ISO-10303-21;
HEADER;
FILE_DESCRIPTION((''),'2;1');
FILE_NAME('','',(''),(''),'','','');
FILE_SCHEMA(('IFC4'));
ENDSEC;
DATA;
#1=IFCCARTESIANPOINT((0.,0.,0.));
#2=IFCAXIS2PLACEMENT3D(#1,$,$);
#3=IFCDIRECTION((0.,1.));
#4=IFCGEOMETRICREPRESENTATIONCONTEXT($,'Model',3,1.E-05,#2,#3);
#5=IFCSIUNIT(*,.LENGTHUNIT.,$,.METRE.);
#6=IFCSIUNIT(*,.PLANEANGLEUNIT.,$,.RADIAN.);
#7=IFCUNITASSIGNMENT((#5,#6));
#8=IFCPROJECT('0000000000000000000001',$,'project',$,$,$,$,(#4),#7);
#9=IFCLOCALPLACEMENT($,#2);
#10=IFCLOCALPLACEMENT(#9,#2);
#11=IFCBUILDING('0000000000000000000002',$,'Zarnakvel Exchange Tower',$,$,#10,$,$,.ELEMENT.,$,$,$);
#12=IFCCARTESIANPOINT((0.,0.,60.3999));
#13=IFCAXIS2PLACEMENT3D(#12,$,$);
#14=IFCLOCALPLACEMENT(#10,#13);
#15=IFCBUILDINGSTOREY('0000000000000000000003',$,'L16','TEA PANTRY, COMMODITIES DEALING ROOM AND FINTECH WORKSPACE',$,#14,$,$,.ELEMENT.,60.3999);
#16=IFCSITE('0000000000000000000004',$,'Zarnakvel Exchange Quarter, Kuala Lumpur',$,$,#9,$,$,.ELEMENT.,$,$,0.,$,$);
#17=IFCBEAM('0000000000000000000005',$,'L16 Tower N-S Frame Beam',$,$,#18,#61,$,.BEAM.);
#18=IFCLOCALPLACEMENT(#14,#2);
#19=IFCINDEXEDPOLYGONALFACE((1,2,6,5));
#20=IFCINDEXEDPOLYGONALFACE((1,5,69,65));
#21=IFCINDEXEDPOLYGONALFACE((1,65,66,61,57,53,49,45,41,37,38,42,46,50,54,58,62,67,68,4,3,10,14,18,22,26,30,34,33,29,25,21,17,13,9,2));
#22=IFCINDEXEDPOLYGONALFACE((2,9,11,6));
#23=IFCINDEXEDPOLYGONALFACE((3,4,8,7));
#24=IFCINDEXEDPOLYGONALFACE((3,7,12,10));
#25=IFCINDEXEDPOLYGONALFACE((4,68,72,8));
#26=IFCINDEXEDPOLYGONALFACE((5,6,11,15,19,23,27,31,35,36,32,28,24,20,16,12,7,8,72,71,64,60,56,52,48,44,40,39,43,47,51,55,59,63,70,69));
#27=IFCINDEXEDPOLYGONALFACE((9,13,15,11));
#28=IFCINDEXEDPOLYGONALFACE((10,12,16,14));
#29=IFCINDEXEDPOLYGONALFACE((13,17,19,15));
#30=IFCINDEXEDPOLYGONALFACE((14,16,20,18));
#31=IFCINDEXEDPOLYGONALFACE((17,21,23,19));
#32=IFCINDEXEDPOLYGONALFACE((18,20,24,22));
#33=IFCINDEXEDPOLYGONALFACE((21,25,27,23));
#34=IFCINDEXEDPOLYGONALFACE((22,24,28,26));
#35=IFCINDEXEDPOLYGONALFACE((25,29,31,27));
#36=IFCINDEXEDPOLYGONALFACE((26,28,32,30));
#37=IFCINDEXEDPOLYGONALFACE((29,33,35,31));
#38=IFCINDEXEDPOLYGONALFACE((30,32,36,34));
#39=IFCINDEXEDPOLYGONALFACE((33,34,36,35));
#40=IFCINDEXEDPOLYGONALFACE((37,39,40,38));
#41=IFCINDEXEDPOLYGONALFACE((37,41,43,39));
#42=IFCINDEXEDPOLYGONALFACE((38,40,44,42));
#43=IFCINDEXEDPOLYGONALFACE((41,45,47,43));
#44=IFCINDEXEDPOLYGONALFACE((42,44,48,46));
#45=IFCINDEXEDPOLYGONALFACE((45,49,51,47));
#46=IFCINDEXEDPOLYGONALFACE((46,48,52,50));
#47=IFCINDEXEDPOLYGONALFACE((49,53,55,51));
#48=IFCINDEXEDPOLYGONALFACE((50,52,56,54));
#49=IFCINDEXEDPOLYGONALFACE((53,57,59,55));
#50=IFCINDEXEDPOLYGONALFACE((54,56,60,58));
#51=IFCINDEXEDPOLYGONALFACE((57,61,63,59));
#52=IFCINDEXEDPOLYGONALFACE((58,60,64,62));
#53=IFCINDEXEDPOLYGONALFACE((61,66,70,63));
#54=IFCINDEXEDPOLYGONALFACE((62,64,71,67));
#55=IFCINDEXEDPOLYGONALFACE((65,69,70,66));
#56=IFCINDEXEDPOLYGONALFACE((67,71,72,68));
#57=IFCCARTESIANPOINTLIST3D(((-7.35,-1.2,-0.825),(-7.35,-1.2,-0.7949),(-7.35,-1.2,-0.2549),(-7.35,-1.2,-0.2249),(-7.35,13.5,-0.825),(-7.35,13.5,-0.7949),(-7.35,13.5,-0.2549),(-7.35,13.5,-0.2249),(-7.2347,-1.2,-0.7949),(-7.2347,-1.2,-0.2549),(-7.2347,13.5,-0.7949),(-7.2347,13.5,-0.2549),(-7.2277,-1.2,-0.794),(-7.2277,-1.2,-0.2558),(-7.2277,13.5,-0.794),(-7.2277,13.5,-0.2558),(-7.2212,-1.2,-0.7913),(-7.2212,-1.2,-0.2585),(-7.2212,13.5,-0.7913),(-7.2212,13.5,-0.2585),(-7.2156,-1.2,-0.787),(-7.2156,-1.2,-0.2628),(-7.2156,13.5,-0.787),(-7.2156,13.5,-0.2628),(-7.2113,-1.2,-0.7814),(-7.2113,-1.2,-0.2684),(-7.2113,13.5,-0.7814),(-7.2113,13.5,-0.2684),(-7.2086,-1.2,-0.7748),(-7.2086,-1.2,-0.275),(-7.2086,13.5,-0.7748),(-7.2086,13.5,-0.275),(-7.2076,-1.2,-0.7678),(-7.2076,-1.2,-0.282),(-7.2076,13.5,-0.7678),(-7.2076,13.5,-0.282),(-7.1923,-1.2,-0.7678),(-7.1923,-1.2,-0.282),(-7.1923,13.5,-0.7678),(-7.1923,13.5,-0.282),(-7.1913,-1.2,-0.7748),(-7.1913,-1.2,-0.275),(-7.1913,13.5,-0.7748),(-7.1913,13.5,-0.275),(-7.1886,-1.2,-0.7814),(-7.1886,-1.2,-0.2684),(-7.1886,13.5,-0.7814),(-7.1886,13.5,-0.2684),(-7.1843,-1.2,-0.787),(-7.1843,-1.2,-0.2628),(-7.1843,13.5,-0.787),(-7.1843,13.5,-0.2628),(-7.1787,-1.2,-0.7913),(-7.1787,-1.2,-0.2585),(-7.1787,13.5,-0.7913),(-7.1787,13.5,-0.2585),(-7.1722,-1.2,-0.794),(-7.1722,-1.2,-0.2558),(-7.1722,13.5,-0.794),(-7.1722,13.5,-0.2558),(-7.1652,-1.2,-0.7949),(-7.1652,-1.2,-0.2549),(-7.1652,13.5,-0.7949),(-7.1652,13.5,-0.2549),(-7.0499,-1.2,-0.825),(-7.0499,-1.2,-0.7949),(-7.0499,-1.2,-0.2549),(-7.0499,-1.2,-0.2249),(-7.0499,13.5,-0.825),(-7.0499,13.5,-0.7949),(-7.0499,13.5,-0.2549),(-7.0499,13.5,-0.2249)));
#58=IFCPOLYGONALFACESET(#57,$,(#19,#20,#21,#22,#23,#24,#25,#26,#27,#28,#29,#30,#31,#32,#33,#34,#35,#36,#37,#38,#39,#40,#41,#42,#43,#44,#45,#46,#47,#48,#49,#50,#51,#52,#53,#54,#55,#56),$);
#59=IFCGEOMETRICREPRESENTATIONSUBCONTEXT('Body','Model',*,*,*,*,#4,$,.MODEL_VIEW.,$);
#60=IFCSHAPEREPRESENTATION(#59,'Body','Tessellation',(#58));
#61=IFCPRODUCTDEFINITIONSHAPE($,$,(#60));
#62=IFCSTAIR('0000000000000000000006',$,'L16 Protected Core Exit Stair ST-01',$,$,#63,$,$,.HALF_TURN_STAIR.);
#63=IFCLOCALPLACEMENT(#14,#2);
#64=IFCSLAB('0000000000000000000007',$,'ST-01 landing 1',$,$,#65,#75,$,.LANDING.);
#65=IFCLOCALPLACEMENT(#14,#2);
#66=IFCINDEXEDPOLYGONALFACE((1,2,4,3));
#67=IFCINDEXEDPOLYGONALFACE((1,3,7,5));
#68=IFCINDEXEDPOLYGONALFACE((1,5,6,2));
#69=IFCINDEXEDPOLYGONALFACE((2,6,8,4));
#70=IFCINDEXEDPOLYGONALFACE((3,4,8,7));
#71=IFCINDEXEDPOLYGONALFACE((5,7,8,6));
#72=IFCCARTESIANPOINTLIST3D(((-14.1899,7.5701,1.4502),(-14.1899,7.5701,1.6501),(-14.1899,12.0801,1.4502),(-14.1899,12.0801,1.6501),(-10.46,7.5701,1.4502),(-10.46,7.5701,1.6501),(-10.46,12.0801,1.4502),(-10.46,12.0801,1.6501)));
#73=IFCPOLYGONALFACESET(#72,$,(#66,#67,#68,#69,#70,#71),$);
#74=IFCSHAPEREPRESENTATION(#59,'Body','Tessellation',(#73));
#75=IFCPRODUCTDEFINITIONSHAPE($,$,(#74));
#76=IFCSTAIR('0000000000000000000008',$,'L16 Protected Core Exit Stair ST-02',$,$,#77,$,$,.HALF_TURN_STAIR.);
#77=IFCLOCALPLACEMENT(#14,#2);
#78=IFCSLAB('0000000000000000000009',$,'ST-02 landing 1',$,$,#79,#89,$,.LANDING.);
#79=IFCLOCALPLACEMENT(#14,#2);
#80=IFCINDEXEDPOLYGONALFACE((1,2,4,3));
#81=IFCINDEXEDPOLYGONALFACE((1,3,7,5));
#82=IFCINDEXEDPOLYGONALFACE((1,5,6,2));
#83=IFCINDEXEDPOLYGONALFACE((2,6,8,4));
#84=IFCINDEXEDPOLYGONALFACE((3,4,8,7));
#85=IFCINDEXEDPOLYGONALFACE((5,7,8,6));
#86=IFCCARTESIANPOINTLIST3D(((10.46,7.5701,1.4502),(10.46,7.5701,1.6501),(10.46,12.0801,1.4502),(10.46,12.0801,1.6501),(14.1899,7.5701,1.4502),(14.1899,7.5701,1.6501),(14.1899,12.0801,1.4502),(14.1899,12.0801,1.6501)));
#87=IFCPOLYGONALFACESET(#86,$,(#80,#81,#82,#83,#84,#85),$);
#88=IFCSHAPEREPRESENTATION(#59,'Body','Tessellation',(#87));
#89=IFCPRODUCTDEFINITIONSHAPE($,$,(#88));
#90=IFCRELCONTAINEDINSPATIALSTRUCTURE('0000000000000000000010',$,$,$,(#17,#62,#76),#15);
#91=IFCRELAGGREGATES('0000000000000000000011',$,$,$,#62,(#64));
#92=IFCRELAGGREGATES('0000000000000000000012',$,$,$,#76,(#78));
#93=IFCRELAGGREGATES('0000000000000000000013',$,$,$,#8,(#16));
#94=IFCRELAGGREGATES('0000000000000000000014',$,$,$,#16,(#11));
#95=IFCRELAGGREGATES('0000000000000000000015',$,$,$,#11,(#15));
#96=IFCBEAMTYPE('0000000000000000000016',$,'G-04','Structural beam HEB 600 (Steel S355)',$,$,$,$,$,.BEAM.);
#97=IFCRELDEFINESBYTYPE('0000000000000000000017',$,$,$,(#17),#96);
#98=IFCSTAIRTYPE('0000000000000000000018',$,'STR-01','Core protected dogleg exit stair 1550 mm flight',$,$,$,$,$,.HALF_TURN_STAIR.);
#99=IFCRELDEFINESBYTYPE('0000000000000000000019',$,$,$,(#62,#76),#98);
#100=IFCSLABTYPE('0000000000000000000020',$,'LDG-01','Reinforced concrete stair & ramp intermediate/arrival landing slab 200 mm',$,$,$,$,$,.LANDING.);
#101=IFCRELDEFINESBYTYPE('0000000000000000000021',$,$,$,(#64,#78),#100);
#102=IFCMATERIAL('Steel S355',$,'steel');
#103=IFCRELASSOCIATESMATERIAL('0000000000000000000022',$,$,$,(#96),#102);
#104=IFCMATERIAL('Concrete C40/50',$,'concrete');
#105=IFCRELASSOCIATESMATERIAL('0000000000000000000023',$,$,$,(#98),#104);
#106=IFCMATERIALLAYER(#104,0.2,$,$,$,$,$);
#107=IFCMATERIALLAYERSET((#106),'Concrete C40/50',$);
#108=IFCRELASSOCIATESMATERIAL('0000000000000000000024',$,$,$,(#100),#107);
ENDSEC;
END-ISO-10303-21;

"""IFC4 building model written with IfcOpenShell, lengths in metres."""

from ifc_helpers import new_model, si_unit, direction, frame, origin, origin_2d, place, context, subcontext, project, spatial, polyline, i_section, outline, extrude, material, layer, layer_set, material_profile, profile_set, type_object, element, aggregate, save


model = new_model("IFC4")

# Units and contexts
model_context = context("Model", 3, precision=1e-05, world=origin(), true_north=direction((0.0, 1.0)))
body_context = subcontext(model_context, "Body", "Model", "MODEL_VIEW")
ifc_project = project(units=[si_unit("LENGTHUNIT", "METRE"), si_unit("PLANEANGLEUNIT", "RADIAN")], contexts=[model_context])

# Site, building, storey
site_placement = place(None, origin())
site = spatial("IfcSite", under=ifc_project, at=site_placement, Name="Zarnakvel Exchange Quarter, Kuala Lumpur", CompositionType="ELEMENT", RefElevation=0.0)
building_placement = place(site_placement, origin())
building = spatial("IfcBuilding", under=site, at=building_placement, Name="Zarnakvel Exchange Tower", CompositionType="ELEMENT")
storey_placement = place(building_placement, frame((0.0, 0.0, 60.3999)))
storey = spatial("IfcBuildingStorey", under=building, at=storey_placement, Name="L16", Description="TEA PANTRY, COMMODITIES DEALING ROOM AND FINTECH WORKSPACE", CompositionType="ELEMENT", Elevation=60.3999)

# Beam
ifc_material_1 = material(Name="Steel S355", Category="steel")
ifc_material_profile_1 = material_profile(ifc_material_1, i_section(OverallWidth=0.3, OverallDepth=0.6001, WebThickness=0.0154, FlangeThickness=0.03, FilletRadius=0.0271, at=origin_2d()))
ifc_profile_set_1 = profile_set([ifc_material_profile_1], Name="Steel S355")
beam_type_1 = type_object("IfcBeamType", Name="G-04", Description="Structural beam HEB 600 (Steel S355)", PredefinedType="BEAM", material=ifc_profile_set_1)
beam_1_placement = place(storey_placement, frame((-7.2, -1.2, -0.5249), z_axis=(0.0, 1.0, 0.0), x_axis=(-1.0, 0.0, 0.0)))
element("IfcBeam", 1, at=beam_1_placement, inside=storey, type_object=beam_type_1, Name="L16 Tower N-S Frame Beam", PredefinedType="BEAM", context=body_context, shape_type="SweptSolid", body=[
    extrude(i_section(OverallWidth=0.3, OverallDepth=0.6001, WebThickness=0.0154, FlangeThickness=0.03, FilletRadius=0.0271, at=origin_2d()), origin(), (0.0, 0.0, 1.0), 14.7),
])

# Stairs, slabs
ifc_material_2 = material(Name="Concrete C40/50", Category="concrete")
stair_type = type_object("IfcStairType", Name="STR-01", Description="Core protected dogleg exit stair 1550 mm flight", PredefinedType="HALF_TURN_STAIR", material=ifc_material_2)
stair_1_placement = place(storey_placement, origin())
stair_1 = element("IfcStair", 2, at=stair_1_placement, inside=storey, type_object=stair_type, Name="L16 Protected Core Exit Stair ST-01", PredefinedType="HALF_TURN_STAIR")
ifc_layer_1 = layer(ifc_material_2, 0.2)
ifc_layer_set_1 = layer_set([ifc_layer_1], Name="Concrete C40/50")
slab_type_1 = type_object("IfcSlabType", Name="LDG-01", Description="Reinforced concrete stair & ramp intermediate/arrival landing slab 200 mm", PredefinedType="LANDING", material=ifc_layer_set_1)
slab_1_placement = place(storey_placement, frame((0.0, 0.0, 1.4502)))
slab_1 = element("IfcSlab", 3, at=slab_1_placement, type_object=slab_type_1, Name="ST-01 landing 1", PredefinedType="LANDING", context=body_context, shape_type="SweptSolid", body=[
    extrude(outline(polyline([(-14.1899, 7.5701), (-10.46, 7.5701), (-10.46, 12.0801), (-14.1899, 12.0801), (-14.1899, 7.5701)])), origin(), (0.0, 0.0, 1.0), 0.2),
])
aggregate(stair_1, [slab_1])
stair_2_placement = place(storey_placement, origin())
stair_2 = element("IfcStair", 4, at=stair_2_placement, inside=storey, type_object=stair_type, Name="L16 Protected Core Exit Stair ST-02", PredefinedType="HALF_TURN_STAIR")
slab_2_placement = place(storey_placement, frame((0.0, 0.0, 1.4502)))
slab_2 = element("IfcSlab", 5, at=slab_2_placement, type_object=slab_type_1, Name="ST-02 landing 1", PredefinedType="LANDING", context=body_context, shape_type="SweptSolid", body=[
    extrude(outline(polyline([(10.46, 7.5701), (14.1899, 7.5701), (14.1899, 12.0801), (10.46, 12.0801), (10.46, 7.5701)])), origin(), (0.0, 0.0, 1.0), 0.2),
])
aggregate(stair_2, [slab_2])

save(model, "model.ifc")
